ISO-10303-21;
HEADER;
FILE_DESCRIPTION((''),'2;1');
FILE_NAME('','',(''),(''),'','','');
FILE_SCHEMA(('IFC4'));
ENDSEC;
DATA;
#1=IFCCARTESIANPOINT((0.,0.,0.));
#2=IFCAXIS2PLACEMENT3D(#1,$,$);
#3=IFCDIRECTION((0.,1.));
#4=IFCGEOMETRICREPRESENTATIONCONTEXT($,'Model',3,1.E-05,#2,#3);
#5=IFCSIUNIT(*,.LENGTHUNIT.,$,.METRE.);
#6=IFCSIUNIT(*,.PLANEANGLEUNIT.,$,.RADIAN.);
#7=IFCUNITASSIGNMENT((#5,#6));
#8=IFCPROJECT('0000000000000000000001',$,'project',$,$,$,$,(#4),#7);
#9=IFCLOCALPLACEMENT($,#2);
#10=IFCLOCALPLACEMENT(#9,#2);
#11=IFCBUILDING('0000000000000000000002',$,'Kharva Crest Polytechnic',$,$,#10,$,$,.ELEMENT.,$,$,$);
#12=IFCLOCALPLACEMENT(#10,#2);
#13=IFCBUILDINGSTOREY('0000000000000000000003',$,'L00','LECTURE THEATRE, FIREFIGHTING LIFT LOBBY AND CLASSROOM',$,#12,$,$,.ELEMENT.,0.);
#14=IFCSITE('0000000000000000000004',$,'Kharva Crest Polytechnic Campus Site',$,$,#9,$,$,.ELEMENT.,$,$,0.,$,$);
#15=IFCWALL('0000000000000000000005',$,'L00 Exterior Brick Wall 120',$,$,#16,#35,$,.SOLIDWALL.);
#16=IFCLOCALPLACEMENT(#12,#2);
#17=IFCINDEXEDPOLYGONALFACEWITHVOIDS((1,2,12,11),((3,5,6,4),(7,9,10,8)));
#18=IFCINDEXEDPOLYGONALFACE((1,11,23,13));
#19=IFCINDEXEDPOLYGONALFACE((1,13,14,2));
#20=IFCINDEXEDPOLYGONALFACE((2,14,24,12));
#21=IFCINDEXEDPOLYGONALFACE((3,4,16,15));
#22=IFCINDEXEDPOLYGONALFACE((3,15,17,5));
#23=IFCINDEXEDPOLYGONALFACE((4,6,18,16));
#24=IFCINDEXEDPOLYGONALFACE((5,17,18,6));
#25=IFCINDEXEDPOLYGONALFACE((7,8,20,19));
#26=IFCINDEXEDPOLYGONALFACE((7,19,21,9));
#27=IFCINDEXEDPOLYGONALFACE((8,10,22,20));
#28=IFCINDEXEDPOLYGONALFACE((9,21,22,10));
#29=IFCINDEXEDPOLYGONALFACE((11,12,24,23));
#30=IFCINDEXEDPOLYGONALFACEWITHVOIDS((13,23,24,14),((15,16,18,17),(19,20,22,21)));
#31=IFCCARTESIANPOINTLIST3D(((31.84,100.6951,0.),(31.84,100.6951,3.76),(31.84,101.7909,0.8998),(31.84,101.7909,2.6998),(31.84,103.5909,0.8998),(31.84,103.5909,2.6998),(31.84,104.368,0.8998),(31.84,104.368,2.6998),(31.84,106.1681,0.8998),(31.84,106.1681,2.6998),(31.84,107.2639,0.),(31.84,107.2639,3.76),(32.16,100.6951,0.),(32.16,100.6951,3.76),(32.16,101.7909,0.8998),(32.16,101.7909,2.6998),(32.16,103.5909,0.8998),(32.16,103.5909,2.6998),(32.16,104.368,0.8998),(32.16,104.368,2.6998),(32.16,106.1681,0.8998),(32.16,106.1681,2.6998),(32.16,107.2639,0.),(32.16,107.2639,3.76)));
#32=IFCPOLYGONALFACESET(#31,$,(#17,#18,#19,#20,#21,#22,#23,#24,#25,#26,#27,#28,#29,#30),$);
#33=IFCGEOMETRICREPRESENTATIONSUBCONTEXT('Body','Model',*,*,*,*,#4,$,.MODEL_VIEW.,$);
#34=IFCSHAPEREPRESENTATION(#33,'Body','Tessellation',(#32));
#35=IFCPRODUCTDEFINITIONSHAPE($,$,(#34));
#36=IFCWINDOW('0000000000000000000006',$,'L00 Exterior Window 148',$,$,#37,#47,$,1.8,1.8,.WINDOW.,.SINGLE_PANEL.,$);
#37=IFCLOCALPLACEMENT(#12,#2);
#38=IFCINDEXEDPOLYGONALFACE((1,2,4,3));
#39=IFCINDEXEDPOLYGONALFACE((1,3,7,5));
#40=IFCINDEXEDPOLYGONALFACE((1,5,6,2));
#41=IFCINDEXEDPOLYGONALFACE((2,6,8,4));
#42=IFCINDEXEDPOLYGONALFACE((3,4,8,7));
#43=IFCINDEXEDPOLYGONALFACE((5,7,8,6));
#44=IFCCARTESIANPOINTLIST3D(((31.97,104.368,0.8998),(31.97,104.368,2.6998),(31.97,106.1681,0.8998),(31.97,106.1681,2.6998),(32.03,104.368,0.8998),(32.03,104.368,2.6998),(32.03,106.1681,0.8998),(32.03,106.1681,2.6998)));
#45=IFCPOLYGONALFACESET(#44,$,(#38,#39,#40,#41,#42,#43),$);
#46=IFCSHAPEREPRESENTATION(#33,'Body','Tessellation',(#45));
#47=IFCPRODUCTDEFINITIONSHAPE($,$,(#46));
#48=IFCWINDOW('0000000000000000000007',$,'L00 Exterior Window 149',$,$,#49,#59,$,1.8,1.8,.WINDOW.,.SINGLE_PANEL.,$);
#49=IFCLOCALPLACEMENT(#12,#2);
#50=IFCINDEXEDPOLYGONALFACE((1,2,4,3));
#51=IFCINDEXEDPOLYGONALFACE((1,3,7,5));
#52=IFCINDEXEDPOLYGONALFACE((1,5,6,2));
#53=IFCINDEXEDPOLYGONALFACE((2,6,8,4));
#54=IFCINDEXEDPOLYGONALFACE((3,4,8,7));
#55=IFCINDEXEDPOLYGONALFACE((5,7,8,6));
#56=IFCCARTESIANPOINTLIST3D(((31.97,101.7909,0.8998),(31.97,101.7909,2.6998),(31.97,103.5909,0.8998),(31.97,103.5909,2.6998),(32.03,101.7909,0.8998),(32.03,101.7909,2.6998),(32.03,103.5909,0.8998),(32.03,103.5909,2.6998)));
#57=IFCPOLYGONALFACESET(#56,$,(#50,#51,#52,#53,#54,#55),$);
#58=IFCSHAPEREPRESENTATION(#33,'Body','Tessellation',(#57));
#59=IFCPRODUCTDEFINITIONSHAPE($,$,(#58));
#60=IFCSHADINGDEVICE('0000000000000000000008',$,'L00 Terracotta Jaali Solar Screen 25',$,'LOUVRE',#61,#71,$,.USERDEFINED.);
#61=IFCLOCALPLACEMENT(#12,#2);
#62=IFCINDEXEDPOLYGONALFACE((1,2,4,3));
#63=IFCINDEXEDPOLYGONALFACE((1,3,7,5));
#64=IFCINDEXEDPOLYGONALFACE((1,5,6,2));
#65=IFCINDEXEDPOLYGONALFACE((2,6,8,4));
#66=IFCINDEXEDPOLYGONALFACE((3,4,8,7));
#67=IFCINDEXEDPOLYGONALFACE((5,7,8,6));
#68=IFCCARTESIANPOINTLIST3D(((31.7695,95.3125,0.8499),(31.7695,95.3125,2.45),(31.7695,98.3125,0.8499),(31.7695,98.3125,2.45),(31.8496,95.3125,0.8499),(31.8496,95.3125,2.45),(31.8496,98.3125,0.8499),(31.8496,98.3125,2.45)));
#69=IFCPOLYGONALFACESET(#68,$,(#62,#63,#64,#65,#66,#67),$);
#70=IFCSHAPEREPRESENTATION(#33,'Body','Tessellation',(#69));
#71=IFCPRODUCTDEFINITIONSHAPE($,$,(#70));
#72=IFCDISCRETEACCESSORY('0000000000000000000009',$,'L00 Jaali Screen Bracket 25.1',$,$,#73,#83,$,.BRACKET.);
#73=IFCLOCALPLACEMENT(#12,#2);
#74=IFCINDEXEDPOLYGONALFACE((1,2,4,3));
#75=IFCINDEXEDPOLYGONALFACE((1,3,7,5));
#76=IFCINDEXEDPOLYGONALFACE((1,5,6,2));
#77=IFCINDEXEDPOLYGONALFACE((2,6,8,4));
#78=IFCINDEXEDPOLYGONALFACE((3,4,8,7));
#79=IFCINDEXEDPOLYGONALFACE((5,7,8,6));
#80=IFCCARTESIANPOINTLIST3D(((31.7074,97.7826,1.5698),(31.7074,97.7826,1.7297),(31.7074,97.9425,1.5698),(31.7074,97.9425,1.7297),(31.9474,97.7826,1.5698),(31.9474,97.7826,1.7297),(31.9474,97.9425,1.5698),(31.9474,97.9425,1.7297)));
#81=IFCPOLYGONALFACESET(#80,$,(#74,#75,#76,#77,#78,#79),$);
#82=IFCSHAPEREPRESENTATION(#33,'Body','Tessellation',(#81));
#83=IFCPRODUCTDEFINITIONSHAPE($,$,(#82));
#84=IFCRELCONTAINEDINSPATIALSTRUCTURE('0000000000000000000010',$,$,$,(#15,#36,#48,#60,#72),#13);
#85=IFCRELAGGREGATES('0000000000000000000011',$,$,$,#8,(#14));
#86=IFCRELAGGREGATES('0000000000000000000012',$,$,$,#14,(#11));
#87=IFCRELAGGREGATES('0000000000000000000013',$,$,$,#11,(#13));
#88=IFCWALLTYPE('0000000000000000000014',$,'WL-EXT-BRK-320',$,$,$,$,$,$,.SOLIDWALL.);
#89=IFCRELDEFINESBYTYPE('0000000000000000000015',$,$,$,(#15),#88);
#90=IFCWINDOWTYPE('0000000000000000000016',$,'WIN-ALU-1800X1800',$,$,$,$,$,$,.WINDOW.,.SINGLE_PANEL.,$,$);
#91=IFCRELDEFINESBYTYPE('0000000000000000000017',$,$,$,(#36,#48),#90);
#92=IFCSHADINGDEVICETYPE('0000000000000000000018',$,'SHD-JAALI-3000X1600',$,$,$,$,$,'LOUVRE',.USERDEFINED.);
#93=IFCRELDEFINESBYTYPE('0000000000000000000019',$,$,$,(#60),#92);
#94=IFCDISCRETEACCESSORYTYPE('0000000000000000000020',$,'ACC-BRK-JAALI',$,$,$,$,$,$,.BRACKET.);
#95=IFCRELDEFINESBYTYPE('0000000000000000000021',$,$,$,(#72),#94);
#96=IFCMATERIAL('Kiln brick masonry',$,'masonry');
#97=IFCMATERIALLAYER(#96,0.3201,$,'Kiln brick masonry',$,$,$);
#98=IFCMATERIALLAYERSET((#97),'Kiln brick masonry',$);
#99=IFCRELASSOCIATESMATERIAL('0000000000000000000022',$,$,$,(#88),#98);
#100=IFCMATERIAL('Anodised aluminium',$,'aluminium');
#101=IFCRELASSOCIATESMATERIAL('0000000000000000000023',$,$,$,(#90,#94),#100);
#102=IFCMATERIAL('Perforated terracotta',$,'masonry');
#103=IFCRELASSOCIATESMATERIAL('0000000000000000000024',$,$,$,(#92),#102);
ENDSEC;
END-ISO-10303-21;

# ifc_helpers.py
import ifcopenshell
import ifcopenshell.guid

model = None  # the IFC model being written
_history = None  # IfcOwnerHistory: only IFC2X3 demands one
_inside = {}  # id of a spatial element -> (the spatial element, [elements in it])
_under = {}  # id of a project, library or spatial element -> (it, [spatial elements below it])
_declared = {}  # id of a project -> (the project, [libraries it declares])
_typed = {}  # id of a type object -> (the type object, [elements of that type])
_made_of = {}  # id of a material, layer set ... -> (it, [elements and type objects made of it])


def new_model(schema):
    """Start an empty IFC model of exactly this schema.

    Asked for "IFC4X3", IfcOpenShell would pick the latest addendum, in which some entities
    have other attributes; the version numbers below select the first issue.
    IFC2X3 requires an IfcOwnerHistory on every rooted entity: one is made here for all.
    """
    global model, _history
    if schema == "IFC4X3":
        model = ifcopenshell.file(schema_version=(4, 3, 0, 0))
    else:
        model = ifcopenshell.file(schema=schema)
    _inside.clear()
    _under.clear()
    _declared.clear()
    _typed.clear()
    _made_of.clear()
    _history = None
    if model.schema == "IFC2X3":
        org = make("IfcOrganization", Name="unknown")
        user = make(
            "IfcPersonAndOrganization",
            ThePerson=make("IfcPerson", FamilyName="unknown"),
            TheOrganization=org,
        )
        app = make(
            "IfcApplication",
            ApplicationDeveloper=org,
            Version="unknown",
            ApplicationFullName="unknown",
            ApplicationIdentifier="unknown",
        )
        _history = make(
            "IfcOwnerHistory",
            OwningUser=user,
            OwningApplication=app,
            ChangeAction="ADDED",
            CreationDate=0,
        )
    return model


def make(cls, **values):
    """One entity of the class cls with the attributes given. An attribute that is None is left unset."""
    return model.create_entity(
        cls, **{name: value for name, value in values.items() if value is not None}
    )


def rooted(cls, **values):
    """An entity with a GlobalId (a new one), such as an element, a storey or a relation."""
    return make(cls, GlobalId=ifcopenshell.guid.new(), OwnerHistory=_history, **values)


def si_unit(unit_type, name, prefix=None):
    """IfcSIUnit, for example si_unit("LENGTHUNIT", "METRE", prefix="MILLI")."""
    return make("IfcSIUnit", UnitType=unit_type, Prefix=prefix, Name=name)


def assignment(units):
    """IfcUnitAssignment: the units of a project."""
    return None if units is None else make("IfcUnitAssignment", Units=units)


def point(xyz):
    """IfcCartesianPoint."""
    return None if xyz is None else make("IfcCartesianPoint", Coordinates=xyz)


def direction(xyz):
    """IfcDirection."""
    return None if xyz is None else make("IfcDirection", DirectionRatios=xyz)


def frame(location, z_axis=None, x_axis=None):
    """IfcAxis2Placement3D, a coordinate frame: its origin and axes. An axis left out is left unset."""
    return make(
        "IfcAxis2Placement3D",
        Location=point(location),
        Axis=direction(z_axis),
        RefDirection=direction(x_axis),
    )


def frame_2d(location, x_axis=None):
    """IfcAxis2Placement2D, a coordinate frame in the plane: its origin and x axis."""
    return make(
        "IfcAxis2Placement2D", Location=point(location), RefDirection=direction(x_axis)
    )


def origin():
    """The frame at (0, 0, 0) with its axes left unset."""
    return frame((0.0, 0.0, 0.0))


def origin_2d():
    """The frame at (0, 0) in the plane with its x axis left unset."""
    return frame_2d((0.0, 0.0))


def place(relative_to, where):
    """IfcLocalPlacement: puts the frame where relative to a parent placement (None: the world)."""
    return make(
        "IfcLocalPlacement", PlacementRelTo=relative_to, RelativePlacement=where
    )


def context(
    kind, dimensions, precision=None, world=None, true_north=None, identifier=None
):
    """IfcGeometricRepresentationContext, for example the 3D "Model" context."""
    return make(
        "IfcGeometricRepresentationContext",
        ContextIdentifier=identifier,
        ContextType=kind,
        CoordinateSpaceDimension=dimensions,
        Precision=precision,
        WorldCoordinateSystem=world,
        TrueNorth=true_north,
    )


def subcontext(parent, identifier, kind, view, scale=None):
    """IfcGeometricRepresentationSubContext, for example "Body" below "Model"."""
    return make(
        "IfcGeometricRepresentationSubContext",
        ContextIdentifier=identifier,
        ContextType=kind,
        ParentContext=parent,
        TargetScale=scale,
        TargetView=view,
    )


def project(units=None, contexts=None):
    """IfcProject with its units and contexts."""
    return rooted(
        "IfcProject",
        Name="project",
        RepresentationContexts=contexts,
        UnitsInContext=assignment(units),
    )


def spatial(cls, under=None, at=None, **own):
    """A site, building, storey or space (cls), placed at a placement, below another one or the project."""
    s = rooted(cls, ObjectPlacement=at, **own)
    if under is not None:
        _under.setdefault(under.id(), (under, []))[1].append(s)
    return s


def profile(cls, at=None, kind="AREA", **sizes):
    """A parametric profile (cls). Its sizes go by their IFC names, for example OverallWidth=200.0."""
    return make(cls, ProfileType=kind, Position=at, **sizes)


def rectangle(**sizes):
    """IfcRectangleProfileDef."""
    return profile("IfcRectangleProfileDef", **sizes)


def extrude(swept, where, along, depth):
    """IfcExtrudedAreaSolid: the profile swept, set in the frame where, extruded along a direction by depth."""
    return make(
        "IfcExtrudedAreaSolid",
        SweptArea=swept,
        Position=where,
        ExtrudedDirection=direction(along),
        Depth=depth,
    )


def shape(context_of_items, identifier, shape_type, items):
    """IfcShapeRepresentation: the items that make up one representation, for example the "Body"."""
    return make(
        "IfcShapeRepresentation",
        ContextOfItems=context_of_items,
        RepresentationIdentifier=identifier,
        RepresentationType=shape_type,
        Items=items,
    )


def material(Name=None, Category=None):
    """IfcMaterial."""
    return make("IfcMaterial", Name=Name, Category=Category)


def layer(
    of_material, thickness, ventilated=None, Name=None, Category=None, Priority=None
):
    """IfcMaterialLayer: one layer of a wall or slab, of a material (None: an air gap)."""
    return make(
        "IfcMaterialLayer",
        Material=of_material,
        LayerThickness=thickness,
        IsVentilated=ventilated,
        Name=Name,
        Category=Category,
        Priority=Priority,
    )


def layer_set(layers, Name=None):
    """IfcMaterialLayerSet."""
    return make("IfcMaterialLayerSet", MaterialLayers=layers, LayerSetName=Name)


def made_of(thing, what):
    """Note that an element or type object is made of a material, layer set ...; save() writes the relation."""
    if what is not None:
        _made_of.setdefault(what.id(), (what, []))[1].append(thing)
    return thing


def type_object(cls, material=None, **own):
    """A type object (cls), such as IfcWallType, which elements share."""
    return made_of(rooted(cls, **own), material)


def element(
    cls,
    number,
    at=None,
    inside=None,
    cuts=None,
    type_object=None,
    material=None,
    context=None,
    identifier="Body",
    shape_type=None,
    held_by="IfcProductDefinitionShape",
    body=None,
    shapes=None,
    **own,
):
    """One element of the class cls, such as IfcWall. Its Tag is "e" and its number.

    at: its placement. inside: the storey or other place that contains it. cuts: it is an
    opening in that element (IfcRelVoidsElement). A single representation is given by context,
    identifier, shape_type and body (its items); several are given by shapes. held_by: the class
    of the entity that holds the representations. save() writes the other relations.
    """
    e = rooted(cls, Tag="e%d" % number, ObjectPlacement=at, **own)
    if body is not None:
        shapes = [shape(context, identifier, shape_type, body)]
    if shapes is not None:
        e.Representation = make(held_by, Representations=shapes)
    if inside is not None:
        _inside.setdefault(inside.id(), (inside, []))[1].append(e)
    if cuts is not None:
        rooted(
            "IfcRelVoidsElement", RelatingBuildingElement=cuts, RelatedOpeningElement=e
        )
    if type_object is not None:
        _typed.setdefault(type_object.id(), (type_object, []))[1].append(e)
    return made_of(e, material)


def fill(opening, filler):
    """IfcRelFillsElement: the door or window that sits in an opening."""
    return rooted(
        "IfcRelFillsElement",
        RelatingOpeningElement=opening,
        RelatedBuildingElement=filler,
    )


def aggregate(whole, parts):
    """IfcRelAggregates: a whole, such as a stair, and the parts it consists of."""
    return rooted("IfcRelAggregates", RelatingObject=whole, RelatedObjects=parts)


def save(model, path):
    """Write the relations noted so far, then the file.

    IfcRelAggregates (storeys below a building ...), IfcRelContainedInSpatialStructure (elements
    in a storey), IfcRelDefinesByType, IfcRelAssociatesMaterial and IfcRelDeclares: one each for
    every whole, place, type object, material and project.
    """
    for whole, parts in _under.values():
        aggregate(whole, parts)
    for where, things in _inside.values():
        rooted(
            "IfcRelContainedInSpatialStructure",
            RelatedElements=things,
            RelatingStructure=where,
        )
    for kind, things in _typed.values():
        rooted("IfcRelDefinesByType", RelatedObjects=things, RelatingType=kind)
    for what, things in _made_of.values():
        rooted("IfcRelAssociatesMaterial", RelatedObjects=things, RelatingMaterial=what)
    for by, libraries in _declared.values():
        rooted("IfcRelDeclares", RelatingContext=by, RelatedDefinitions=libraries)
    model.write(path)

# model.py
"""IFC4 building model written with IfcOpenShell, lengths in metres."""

from ifc_helpers import new_model, si_unit, direction, frame, frame_2d, origin, origin_2d, place, context, subcontext, project, spatial, rectangle, extrude, material, layer, layer_set, type_object, element, fill, save


model = new_model("IFC4")

# Units and contexts
model_context = context("Model", 3, precision=1e-05, world=origin(), true_north=direction((0.0, 1.0)))
body_context = subcontext(model_context, "Body", "Model", "MODEL_VIEW")
ifc_project = project(units=[si_unit("LENGTHUNIT", "METRE"), si_unit("PLANEANGLEUNIT", "RADIAN")], contexts=[model_context])

# Site, building, storey
site_placement = place(None, origin())
site = spatial("IfcSite", under=ifc_project, at=site_placement, Name="Kharva Crest Polytechnic Campus Site", CompositionType="ELEMENT", RefElevation=0.0)
building_placement = place(site_placement, origin())
building = spatial("IfcBuilding", under=site, at=building_placement, Name="Kharva Crest Polytechnic", CompositionType="ELEMENT")
storey_placement = place(building_placement, origin())
storey = spatial("IfcBuildingStorey", under=building, at=storey_placement, Name="L00", Description="LECTURE THEATRE, FIREFIGHTING LIFT LOBBY AND CLASSROOM", CompositionType="ELEMENT", Elevation=0.0)

# Wall, openings, windows
ifc_material_1 = material(Name="Kiln brick masonry", Category="masonry")
ifc_material_2 = material(Name="Anodised aluminium", Category="aluminium")
ifc_layer_1 = layer(ifc_material_1, 0.3201, Name="Kiln brick masonry")
ifc_layer_set_1 = layer_set([ifc_layer_1], Name="Kiln brick masonry")
wall_type_1 = type_object("IfcWallType", Name="WL-EXT-BRK-320", PredefinedType="SOLIDWALL", material=ifc_layer_set_1)
wall_1_placement = place(storey_placement, frame((32.0, 107.2639, 0.0), z_axis=(0.0, 0.0, 1.0), x_axis=(0.0, -1.0, 0.0)))
wall_1 = element("IfcWall", 1, at=wall_1_placement, inside=storey, type_object=wall_type_1, Name="L00 Exterior Brick Wall 120", PredefinedType="SOLIDWALL", context=body_context, shape_type="SweptSolid", body=[
    extrude(rectangle(XDim=6.5688, YDim=0.3201, at=frame_2d((3.2844, 0.0))), origin(), (0.0, 0.0, 1.0), 3.76),
])
opening_1_placement = place(wall_1_placement, frame((1.0959, 0.0, 0.8999)))
opening_1 = element("IfcOpeningElement", 2, at=opening_1_placement, cuts=wall_1, PredefinedType="OPENING", context=body_context, shape_type="SweptSolid", body=[
    extrude(rectangle(XDim=1.8, YDim=1.8, at=frame_2d((0.8999, 0.8999))), frame((0.0, 0.1699, 0.0), z_axis=(0.0, -1.0, 0.0), x_axis=(1.0, 0.0, 0.0)), (0.0, 0.0, 1.0), 0.3401),
])
opening_2_placement = place(wall_1_placement, frame((3.6731, 0.0, 0.8999)))
opening_2 = element("IfcOpeningElement", 3, at=opening_2_placement, cuts=wall_1, PredefinedType="OPENING", context=body_context, shape_type="SweptSolid", body=[
    extrude(rectangle(XDim=1.8, YDim=1.8, at=frame_2d((0.8999, 0.8999))), frame((0.0, 0.1699, 0.0), z_axis=(0.0, -1.0, 0.0), x_axis=(1.0, 0.0, 0.0)), (0.0, 0.0, 1.0), 0.3401),
])
window_type_1 = type_object("IfcWindowType", Name="WIN-ALU-1800X1800", PartitioningType="SINGLE_PANEL", PredefinedType="WINDOW", material=ifc_material_2)
window_1_placement = place(opening_1_placement, origin())
window_1 = element("IfcWindow", 4, at=window_1_placement, inside=storey, type_object=window_type_1, Name="L00 Exterior Window 148", OverallHeight=1.8, OverallWidth=1.8, PartitioningType="SINGLE_PANEL", PredefinedType="WINDOW", context=body_context, shape_type="SweptSolid", body=[
    extrude(rectangle(XDim=1.8, YDim=1.8, at=frame_2d((0.8999, 0.8999))), frame((0.0, 0.03, 0.0), z_axis=(0.0, -1.0, 0.0), x_axis=(1.0, 0.0, 0.0)), (0.0, 0.0, 1.0), 0.0601),
])
fill(opening_1, window_1)
window_2_placement = place(opening_2_placement, origin())
window_2 = element("IfcWindow", 5, at=window_2_placement, inside=storey, type_object=window_type_1, Name="L00 Exterior Window 149", OverallHeight=1.8, OverallWidth=1.8, PartitioningType="SINGLE_PANEL", PredefinedType="WINDOW", context=body_context, shape_type="SweptSolid", body=[
    extrude(rectangle(XDim=1.8, YDim=1.8, at=frame_2d((0.8999, 0.8999))), frame((0.0, 0.03, 0.0), z_axis=(0.0, -1.0, 0.0), x_axis=(1.0, 0.0, 0.0)), (0.0, 0.0, 1.0), 0.0601),
])
fill(opening_2, window_2)

# Shading device
ifc_material_3 = material(Name="Perforated terracotta", Category="masonry")
shading_device_type = type_object("IfcShadingDeviceType", Name="SHD-JAALI-3000X1600", ElementType="LOUVRE", PredefinedType="USERDEFINED", material=ifc_material_3)
shading_device_placement = place(storey_placement, frame((31.8096, 96.8125, 0.8499), z_axis=(0.0, 0.0, 1.0), x_axis=(0.0, 1.0, 0.0)))
element("IfcShadingDevice", 6, at=shading_device_placement, inside=storey, type_object=shading_device_type, Name="L00 Terracotta Jaali Solar Screen 25", ObjectType="LOUVRE", PredefinedType="USERDEFINED", context=body_context, shape_type="SweptSolid", body=[
    extrude(rectangle(XDim=3.0, YDim=0.0801, at=origin_2d()), origin(), (0.0, 0.0, 1.0), 1.6001),
])

# Discrete accessory
discrete_accessory_type = type_object("IfcDiscreteAccessoryType", Name="ACC-BRK-JAALI", PredefinedType="BRACKET", material=ifc_material_2)
discrete_accessory_placement = place(storey_placement, frame((31.8274, 97.8625, 1.5698), z_axis=(0.0, 0.0, 1.0), x_axis=(0.0, 1.0, 0.0)))
element("IfcDiscreteAccessory", 7, at=discrete_accessory_placement, inside=storey, type_object=discrete_accessory_type, Name="L00 Jaali Screen Bracket 25.1", PredefinedType="BRACKET", context=body_context, shape_type="SweptSolid", body=[
    extrude(rectangle(XDim=0.1599, YDim=0.24, at=origin_2d()), origin(), (0.0, 0.0, 1.0), 0.1599),
])

save(model, "model.ifc")
